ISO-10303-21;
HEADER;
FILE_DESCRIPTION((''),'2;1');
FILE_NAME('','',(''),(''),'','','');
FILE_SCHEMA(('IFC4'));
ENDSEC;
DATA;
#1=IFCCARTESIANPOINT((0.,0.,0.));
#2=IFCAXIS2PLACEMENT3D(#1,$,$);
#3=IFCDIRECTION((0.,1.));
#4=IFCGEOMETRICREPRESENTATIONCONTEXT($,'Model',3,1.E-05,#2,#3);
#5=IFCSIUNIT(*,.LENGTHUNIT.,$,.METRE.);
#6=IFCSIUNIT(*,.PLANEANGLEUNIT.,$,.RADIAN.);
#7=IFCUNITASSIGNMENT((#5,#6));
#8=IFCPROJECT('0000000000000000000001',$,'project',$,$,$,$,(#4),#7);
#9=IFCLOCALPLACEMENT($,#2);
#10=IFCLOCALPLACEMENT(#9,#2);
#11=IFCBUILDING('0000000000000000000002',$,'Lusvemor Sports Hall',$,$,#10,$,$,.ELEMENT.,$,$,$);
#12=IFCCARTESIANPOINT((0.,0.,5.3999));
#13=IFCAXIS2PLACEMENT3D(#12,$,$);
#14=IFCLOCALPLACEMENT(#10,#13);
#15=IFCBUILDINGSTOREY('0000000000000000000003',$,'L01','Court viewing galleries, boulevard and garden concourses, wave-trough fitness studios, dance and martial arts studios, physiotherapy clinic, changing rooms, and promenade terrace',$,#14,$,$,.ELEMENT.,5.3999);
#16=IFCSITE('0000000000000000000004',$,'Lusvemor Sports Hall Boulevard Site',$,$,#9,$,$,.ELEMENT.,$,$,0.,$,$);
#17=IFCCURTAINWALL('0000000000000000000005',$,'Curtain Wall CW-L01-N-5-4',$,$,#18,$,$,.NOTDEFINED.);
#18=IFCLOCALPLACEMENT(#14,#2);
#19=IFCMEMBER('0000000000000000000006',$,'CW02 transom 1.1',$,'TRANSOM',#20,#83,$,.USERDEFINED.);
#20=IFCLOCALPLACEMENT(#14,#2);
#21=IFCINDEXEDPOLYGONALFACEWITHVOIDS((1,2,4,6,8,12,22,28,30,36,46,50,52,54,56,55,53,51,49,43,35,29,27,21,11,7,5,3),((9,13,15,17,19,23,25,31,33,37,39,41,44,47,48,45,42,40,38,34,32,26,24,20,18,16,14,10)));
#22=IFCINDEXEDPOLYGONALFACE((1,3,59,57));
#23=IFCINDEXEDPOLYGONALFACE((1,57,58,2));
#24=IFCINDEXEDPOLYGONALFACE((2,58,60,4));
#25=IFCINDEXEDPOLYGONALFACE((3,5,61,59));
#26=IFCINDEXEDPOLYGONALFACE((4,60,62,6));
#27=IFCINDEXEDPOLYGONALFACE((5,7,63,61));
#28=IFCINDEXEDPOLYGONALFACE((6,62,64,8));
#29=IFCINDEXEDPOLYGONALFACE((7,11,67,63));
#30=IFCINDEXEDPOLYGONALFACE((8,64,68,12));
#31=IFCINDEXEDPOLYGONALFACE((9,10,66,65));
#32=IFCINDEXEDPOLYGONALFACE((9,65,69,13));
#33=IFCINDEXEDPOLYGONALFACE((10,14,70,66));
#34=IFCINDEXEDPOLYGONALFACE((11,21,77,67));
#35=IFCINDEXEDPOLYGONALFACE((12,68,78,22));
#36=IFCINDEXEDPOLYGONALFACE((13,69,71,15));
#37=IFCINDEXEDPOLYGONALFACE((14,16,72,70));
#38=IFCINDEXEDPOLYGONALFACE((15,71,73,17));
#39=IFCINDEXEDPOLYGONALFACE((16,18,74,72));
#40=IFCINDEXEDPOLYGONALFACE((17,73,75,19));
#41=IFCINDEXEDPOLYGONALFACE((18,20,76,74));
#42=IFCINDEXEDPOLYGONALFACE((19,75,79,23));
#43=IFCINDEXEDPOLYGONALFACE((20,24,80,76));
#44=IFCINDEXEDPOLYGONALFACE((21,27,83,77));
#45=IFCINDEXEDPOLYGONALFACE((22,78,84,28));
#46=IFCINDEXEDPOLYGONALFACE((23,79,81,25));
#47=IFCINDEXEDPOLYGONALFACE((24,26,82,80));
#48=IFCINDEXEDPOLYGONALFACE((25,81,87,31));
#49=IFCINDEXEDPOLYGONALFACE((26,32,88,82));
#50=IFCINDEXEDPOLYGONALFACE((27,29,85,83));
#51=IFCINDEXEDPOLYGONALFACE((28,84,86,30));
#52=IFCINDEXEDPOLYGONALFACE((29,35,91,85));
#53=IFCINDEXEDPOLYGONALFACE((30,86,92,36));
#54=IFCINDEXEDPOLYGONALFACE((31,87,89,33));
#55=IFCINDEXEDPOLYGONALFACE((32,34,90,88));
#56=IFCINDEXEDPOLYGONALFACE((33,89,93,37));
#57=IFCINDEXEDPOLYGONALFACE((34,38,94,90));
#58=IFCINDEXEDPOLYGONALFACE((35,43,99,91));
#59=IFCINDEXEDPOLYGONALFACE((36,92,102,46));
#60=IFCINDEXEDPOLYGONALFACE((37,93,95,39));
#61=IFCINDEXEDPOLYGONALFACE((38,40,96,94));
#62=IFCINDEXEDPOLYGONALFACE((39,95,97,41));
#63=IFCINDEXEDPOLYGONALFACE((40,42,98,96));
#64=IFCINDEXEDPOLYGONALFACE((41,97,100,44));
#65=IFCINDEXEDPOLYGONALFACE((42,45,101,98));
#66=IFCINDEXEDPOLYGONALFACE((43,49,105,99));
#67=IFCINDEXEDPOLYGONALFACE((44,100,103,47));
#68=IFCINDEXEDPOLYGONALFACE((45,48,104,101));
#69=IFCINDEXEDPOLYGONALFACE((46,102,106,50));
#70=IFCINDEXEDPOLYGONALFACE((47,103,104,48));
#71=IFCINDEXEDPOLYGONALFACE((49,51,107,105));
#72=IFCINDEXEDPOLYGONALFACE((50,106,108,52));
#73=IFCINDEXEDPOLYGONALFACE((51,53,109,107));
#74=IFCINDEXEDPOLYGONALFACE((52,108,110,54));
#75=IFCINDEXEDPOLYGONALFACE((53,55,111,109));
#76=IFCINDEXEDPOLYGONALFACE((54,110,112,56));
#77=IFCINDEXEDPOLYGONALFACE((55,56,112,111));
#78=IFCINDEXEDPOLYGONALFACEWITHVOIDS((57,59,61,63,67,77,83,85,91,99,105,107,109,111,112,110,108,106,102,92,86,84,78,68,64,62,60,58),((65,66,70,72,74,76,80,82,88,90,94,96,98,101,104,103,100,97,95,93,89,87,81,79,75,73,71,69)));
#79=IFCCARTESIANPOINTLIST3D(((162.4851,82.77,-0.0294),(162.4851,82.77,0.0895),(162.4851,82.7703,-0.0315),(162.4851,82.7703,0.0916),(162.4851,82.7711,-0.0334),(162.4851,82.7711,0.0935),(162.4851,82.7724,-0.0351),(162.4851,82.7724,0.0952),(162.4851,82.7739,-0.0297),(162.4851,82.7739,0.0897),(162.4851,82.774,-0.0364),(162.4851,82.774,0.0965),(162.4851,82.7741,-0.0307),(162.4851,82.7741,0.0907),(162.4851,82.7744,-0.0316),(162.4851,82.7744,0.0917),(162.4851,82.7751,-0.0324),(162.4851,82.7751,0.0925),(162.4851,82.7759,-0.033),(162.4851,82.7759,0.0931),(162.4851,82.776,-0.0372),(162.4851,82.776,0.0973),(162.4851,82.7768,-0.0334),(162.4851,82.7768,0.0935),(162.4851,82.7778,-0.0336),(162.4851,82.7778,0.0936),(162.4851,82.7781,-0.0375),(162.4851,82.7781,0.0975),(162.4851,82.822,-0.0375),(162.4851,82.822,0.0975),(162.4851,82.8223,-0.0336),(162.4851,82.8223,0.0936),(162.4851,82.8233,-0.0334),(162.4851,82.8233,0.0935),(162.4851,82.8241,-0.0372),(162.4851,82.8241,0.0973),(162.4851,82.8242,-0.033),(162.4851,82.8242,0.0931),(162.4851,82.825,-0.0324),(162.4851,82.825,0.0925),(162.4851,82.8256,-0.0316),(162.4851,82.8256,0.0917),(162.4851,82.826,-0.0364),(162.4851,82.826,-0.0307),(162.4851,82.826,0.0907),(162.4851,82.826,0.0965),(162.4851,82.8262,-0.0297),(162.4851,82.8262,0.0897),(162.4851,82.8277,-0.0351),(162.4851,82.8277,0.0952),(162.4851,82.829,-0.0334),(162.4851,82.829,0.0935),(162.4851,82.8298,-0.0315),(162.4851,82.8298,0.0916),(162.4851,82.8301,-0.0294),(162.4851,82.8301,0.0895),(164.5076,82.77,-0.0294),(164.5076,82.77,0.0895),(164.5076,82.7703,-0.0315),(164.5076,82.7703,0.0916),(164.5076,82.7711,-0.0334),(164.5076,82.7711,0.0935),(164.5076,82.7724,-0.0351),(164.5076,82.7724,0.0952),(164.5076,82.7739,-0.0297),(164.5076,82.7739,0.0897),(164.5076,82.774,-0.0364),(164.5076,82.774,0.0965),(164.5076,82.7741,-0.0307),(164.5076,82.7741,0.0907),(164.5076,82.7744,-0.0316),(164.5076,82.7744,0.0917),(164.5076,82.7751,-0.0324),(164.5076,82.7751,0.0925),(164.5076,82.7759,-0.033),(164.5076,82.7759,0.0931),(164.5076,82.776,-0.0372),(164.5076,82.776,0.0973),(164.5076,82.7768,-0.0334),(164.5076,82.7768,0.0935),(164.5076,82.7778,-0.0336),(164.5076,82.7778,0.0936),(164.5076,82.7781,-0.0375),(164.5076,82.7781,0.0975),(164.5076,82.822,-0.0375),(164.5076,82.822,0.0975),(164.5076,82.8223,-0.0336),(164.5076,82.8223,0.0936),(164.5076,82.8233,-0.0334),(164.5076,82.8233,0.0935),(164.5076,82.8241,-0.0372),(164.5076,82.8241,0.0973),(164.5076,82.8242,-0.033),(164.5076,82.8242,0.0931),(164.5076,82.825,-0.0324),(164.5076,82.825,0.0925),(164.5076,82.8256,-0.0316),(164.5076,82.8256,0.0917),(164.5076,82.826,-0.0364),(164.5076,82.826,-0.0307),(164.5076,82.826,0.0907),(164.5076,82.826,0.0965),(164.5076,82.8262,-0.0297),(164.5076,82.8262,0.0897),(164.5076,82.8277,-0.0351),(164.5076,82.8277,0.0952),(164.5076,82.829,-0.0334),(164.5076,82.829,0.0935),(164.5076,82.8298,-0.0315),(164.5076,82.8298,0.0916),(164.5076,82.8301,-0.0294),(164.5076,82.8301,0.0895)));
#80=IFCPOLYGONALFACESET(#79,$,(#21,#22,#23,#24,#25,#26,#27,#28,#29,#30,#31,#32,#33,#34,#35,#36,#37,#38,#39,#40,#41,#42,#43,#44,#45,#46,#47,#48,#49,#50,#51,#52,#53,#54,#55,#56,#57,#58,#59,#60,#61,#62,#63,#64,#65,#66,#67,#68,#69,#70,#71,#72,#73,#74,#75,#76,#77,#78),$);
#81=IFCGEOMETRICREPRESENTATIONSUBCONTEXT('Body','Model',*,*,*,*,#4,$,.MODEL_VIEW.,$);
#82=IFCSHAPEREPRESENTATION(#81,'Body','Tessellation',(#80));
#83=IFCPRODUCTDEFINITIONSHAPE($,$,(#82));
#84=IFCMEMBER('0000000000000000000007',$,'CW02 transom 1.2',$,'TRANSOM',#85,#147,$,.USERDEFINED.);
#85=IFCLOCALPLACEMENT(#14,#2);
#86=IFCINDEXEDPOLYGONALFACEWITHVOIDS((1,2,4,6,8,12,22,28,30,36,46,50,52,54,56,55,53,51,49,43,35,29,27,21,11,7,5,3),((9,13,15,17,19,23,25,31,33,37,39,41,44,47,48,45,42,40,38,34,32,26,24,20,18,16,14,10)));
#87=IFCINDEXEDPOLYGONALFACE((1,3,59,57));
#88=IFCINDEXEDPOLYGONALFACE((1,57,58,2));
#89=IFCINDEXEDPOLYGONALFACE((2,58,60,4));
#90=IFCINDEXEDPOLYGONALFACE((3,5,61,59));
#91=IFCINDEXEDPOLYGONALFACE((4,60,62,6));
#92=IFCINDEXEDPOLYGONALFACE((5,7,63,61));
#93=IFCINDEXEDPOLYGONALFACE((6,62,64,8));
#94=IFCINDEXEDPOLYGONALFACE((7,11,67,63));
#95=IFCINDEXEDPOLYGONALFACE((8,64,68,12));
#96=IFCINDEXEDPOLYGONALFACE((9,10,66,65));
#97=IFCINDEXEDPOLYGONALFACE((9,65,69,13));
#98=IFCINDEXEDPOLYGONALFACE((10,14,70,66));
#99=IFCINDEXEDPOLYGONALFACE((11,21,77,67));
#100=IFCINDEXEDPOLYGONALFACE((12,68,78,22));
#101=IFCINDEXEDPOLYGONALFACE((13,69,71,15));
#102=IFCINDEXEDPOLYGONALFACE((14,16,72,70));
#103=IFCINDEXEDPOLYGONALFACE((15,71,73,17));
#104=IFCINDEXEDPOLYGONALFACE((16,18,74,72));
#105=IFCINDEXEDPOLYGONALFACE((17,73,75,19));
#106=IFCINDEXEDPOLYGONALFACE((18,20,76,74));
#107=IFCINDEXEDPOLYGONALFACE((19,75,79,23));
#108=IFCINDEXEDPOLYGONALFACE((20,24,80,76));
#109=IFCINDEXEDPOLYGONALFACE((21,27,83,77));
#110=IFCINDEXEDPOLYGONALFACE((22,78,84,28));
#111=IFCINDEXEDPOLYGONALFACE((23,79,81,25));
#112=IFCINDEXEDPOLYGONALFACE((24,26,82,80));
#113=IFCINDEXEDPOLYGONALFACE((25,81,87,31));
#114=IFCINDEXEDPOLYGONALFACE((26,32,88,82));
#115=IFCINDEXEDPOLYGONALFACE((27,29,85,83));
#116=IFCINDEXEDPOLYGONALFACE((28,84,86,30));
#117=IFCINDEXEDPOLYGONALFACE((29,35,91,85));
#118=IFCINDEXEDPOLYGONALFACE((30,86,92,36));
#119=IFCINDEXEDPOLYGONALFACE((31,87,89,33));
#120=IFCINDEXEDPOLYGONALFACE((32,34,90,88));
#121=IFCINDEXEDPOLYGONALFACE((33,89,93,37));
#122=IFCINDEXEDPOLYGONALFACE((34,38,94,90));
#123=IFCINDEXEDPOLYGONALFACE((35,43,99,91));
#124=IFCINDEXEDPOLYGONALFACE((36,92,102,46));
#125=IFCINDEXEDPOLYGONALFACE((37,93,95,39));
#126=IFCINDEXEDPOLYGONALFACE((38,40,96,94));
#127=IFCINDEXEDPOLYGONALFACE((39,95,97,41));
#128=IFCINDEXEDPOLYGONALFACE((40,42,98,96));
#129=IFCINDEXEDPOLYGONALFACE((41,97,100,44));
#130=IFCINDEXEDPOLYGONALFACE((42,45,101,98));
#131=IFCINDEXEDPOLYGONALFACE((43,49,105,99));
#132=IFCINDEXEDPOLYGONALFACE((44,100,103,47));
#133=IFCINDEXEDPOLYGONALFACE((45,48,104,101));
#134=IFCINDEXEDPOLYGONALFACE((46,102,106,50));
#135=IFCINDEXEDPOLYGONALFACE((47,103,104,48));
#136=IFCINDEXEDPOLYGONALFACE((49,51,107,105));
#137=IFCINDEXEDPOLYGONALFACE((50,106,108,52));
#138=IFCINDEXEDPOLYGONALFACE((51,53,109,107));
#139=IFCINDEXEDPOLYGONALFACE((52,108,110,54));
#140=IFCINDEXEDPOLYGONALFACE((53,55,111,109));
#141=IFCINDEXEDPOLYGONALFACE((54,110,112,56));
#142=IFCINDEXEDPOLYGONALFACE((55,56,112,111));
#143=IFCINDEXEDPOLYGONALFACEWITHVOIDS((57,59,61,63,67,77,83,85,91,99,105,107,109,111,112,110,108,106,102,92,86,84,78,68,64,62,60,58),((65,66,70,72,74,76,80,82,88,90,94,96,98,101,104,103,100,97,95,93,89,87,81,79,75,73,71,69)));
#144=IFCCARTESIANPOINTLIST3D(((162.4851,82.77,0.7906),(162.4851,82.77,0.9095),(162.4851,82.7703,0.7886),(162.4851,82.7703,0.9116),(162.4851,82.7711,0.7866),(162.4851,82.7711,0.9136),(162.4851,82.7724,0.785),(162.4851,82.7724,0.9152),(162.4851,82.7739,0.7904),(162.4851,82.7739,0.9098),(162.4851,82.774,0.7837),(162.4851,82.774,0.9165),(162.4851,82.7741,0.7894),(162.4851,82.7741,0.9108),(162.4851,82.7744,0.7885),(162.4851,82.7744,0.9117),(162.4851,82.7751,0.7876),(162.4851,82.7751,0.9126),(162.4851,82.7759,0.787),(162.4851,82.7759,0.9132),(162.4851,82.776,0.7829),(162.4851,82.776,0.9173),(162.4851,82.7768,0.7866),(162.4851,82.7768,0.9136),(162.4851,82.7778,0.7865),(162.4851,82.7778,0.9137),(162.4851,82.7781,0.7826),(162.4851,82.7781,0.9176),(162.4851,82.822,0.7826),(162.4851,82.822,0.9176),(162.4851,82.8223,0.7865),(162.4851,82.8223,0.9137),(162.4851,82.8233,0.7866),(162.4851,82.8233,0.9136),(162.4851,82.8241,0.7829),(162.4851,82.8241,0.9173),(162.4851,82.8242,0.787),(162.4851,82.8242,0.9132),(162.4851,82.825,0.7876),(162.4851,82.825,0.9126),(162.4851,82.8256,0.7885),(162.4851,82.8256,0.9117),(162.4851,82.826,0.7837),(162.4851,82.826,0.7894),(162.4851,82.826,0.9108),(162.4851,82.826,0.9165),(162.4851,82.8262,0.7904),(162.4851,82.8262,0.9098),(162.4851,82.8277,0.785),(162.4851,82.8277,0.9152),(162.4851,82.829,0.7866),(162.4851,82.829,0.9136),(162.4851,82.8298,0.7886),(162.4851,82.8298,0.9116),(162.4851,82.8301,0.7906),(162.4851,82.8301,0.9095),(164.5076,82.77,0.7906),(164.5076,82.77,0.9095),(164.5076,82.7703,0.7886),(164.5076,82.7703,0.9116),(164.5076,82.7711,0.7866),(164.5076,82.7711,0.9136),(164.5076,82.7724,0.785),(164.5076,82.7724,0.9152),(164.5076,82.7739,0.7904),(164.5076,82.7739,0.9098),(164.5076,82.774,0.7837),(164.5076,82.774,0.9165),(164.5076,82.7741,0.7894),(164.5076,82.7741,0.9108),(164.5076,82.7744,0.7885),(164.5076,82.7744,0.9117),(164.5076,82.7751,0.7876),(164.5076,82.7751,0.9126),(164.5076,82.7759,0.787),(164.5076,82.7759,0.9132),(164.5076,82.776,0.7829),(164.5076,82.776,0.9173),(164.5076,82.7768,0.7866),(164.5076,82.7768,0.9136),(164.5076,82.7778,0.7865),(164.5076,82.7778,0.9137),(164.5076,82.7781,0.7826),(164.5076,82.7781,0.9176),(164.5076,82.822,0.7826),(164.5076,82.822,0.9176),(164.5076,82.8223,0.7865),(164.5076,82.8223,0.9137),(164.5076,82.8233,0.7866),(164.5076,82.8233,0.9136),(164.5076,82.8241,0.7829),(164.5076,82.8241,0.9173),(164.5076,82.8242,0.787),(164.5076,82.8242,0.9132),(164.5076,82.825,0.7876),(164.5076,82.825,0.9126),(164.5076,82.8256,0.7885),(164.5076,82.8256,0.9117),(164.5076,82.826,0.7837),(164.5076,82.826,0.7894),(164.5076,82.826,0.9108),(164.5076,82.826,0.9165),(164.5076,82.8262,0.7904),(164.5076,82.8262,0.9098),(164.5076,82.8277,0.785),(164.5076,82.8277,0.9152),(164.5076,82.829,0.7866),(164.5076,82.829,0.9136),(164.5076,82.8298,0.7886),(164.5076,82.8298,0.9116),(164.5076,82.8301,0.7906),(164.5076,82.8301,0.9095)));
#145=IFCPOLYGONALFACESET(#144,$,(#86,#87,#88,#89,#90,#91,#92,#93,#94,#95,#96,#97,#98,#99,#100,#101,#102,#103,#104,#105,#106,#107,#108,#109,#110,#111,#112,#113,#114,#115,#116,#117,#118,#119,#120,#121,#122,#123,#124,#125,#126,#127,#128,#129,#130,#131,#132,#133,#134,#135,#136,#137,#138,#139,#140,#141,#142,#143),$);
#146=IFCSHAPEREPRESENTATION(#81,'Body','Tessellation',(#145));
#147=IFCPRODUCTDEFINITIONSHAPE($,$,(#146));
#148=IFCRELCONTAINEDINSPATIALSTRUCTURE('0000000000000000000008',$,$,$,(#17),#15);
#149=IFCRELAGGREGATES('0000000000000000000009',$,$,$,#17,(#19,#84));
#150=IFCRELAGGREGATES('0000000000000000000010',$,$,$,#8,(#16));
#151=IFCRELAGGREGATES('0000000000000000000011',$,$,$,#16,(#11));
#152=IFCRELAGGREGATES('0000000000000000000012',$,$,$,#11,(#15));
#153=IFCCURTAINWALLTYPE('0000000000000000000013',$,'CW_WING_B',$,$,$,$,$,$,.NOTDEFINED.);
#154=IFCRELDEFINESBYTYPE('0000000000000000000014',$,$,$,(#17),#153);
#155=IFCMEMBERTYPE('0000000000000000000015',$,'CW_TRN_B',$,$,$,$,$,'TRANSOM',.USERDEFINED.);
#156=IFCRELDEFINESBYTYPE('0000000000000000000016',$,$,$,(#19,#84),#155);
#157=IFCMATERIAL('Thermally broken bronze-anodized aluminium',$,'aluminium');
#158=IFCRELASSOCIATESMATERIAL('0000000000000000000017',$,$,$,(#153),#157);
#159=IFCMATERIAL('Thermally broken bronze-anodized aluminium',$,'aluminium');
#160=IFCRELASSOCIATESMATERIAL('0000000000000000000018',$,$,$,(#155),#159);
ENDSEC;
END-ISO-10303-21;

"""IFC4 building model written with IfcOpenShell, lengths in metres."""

from ifc_helpers import new_model, si_unit, direction, frame, origin, origin_2d, place, context, subcontext, project, spatial, hollow_rectangle, extrude, material, material_profile, profile_set, type_object, element, aggregate, save


model = new_model("IFC4")

# Units and contexts
model_context = context("Model", 3, precision=1e-05, world=origin(), true_north=direction((0.0, 1.0)))
body_context = subcontext(model_context, "Body", "Model", "MODEL_VIEW")
ifc_project = project(units=[si_unit("LENGTHUNIT", "METRE"), si_unit("PLANEANGLEUNIT", "RADIAN")], contexts=[model_context])

# Site, building, storey
site_placement = place(None, origin())
site = spatial("IfcSite", under=ifc_project, at=site_placement, Name="Lusvemor Sports Hall Boulevard Site", CompositionType="ELEMENT", RefElevation=0.0)
building_placement = place(site_placement, origin())
building = spatial("IfcBuilding", under=site, at=building_placement, Name="Lusvemor Sports Hall", CompositionType="ELEMENT")
storey_placement = place(building_placement, frame((0.0, 0.0, 5.3999)))
storey = spatial("IfcBuildingStorey", under=building, at=storey_placement, Name="L01", Description="Court viewing galleries, boulevard and garden concourses, wave-trough fitness studios, dance and martial arts studios, physiotherapy clinic, changing rooms, and promenade terrace", CompositionType="ELEMENT", Elevation=5.3999)

# Shared definitions
ifc_material_1 = material(Name="Thermally broken bronze-anodized aluminium", Category="aluminium")
curtain_wall_type = type_object("IfcCurtainWallType", Name="CW_WING_B", PredefinedType="NOTDEFINED", material=ifc_material_1)

# Curtain wall
curtain_wall_1_placement = place(storey_placement, origin())
curtain_wall_1 = element("IfcCurtainWall", 1, at=curtain_wall_1_placement, inside=storey, type_object=curtain_wall_type, Name="Curtain Wall CW-L01-N-5-4", PredefinedType="NOTDEFINED")

# Members
ifc_material_2 = material(Name="Thermally broken bronze-anodized aluminium", Category="aluminium")
ifc_material_profile_1 = material_profile(ifc_material_2, hollow_rectangle(XDim=0.0601, YDim=0.135, WallThickness=0.0039, InnerFilletRadius=0.0039, OuterFilletRadius=0.0081, at=origin_2d()), Name="CWTRN135x60x4")
ifc_profile_set_1 = profile_set([ifc_material_profile_1], Name="Thermally broken bronze-anodized aluminium")
member_type_1 = type_object("IfcMemberType", Name="CW_TRN_B", ElementType="TRANSOM", PredefinedType="USERDEFINED", material=ifc_profile_set_1)
member_1_placement = place(storey_placement, frame((162.4851, 82.8, 0.03), z_axis=(1.0, 0.0, 0.0), x_axis=(0.0, 1.0, 0.0)))
member_1 = element("IfcMember", 2, at=member_1_placement, type_object=member_type_1, Name="CW02 transom 1.1", ObjectType="TRANSOM", PredefinedType="USERDEFINED", context=body_context, shape_type="SweptSolid", body=[
    extrude(hollow_rectangle(XDim=0.0601, YDim=0.135, WallThickness=0.0039, InnerFilletRadius=0.0039, OuterFilletRadius=0.0081, at=origin_2d()), origin(), (0.0, 0.0, 1.0), 2.0225),
])
member_2_placement = place(storey_placement, frame((162.4851, 82.8, 0.8501), z_axis=(1.0, 0.0, 0.0), x_axis=(0.0, 1.0, 0.0)))
member_2 = element("IfcMember", 3, at=member_2_placement, type_object=member_type_1, Name="CW02 transom 1.2", ObjectType="TRANSOM", PredefinedType="USERDEFINED", context=body_context, shape_type="SweptSolid", body=[
    extrude(hollow_rectangle(XDim=0.0601, YDim=0.135, WallThickness=0.0039, InnerFilletRadius=0.0039, OuterFilletRadius=0.0081, at=origin_2d()), origin(), (0.0, 0.0, 1.0), 2.0225),
])
aggregate(curtain_wall_1, [member_1, member_2])

save(model, "model.ifc")
